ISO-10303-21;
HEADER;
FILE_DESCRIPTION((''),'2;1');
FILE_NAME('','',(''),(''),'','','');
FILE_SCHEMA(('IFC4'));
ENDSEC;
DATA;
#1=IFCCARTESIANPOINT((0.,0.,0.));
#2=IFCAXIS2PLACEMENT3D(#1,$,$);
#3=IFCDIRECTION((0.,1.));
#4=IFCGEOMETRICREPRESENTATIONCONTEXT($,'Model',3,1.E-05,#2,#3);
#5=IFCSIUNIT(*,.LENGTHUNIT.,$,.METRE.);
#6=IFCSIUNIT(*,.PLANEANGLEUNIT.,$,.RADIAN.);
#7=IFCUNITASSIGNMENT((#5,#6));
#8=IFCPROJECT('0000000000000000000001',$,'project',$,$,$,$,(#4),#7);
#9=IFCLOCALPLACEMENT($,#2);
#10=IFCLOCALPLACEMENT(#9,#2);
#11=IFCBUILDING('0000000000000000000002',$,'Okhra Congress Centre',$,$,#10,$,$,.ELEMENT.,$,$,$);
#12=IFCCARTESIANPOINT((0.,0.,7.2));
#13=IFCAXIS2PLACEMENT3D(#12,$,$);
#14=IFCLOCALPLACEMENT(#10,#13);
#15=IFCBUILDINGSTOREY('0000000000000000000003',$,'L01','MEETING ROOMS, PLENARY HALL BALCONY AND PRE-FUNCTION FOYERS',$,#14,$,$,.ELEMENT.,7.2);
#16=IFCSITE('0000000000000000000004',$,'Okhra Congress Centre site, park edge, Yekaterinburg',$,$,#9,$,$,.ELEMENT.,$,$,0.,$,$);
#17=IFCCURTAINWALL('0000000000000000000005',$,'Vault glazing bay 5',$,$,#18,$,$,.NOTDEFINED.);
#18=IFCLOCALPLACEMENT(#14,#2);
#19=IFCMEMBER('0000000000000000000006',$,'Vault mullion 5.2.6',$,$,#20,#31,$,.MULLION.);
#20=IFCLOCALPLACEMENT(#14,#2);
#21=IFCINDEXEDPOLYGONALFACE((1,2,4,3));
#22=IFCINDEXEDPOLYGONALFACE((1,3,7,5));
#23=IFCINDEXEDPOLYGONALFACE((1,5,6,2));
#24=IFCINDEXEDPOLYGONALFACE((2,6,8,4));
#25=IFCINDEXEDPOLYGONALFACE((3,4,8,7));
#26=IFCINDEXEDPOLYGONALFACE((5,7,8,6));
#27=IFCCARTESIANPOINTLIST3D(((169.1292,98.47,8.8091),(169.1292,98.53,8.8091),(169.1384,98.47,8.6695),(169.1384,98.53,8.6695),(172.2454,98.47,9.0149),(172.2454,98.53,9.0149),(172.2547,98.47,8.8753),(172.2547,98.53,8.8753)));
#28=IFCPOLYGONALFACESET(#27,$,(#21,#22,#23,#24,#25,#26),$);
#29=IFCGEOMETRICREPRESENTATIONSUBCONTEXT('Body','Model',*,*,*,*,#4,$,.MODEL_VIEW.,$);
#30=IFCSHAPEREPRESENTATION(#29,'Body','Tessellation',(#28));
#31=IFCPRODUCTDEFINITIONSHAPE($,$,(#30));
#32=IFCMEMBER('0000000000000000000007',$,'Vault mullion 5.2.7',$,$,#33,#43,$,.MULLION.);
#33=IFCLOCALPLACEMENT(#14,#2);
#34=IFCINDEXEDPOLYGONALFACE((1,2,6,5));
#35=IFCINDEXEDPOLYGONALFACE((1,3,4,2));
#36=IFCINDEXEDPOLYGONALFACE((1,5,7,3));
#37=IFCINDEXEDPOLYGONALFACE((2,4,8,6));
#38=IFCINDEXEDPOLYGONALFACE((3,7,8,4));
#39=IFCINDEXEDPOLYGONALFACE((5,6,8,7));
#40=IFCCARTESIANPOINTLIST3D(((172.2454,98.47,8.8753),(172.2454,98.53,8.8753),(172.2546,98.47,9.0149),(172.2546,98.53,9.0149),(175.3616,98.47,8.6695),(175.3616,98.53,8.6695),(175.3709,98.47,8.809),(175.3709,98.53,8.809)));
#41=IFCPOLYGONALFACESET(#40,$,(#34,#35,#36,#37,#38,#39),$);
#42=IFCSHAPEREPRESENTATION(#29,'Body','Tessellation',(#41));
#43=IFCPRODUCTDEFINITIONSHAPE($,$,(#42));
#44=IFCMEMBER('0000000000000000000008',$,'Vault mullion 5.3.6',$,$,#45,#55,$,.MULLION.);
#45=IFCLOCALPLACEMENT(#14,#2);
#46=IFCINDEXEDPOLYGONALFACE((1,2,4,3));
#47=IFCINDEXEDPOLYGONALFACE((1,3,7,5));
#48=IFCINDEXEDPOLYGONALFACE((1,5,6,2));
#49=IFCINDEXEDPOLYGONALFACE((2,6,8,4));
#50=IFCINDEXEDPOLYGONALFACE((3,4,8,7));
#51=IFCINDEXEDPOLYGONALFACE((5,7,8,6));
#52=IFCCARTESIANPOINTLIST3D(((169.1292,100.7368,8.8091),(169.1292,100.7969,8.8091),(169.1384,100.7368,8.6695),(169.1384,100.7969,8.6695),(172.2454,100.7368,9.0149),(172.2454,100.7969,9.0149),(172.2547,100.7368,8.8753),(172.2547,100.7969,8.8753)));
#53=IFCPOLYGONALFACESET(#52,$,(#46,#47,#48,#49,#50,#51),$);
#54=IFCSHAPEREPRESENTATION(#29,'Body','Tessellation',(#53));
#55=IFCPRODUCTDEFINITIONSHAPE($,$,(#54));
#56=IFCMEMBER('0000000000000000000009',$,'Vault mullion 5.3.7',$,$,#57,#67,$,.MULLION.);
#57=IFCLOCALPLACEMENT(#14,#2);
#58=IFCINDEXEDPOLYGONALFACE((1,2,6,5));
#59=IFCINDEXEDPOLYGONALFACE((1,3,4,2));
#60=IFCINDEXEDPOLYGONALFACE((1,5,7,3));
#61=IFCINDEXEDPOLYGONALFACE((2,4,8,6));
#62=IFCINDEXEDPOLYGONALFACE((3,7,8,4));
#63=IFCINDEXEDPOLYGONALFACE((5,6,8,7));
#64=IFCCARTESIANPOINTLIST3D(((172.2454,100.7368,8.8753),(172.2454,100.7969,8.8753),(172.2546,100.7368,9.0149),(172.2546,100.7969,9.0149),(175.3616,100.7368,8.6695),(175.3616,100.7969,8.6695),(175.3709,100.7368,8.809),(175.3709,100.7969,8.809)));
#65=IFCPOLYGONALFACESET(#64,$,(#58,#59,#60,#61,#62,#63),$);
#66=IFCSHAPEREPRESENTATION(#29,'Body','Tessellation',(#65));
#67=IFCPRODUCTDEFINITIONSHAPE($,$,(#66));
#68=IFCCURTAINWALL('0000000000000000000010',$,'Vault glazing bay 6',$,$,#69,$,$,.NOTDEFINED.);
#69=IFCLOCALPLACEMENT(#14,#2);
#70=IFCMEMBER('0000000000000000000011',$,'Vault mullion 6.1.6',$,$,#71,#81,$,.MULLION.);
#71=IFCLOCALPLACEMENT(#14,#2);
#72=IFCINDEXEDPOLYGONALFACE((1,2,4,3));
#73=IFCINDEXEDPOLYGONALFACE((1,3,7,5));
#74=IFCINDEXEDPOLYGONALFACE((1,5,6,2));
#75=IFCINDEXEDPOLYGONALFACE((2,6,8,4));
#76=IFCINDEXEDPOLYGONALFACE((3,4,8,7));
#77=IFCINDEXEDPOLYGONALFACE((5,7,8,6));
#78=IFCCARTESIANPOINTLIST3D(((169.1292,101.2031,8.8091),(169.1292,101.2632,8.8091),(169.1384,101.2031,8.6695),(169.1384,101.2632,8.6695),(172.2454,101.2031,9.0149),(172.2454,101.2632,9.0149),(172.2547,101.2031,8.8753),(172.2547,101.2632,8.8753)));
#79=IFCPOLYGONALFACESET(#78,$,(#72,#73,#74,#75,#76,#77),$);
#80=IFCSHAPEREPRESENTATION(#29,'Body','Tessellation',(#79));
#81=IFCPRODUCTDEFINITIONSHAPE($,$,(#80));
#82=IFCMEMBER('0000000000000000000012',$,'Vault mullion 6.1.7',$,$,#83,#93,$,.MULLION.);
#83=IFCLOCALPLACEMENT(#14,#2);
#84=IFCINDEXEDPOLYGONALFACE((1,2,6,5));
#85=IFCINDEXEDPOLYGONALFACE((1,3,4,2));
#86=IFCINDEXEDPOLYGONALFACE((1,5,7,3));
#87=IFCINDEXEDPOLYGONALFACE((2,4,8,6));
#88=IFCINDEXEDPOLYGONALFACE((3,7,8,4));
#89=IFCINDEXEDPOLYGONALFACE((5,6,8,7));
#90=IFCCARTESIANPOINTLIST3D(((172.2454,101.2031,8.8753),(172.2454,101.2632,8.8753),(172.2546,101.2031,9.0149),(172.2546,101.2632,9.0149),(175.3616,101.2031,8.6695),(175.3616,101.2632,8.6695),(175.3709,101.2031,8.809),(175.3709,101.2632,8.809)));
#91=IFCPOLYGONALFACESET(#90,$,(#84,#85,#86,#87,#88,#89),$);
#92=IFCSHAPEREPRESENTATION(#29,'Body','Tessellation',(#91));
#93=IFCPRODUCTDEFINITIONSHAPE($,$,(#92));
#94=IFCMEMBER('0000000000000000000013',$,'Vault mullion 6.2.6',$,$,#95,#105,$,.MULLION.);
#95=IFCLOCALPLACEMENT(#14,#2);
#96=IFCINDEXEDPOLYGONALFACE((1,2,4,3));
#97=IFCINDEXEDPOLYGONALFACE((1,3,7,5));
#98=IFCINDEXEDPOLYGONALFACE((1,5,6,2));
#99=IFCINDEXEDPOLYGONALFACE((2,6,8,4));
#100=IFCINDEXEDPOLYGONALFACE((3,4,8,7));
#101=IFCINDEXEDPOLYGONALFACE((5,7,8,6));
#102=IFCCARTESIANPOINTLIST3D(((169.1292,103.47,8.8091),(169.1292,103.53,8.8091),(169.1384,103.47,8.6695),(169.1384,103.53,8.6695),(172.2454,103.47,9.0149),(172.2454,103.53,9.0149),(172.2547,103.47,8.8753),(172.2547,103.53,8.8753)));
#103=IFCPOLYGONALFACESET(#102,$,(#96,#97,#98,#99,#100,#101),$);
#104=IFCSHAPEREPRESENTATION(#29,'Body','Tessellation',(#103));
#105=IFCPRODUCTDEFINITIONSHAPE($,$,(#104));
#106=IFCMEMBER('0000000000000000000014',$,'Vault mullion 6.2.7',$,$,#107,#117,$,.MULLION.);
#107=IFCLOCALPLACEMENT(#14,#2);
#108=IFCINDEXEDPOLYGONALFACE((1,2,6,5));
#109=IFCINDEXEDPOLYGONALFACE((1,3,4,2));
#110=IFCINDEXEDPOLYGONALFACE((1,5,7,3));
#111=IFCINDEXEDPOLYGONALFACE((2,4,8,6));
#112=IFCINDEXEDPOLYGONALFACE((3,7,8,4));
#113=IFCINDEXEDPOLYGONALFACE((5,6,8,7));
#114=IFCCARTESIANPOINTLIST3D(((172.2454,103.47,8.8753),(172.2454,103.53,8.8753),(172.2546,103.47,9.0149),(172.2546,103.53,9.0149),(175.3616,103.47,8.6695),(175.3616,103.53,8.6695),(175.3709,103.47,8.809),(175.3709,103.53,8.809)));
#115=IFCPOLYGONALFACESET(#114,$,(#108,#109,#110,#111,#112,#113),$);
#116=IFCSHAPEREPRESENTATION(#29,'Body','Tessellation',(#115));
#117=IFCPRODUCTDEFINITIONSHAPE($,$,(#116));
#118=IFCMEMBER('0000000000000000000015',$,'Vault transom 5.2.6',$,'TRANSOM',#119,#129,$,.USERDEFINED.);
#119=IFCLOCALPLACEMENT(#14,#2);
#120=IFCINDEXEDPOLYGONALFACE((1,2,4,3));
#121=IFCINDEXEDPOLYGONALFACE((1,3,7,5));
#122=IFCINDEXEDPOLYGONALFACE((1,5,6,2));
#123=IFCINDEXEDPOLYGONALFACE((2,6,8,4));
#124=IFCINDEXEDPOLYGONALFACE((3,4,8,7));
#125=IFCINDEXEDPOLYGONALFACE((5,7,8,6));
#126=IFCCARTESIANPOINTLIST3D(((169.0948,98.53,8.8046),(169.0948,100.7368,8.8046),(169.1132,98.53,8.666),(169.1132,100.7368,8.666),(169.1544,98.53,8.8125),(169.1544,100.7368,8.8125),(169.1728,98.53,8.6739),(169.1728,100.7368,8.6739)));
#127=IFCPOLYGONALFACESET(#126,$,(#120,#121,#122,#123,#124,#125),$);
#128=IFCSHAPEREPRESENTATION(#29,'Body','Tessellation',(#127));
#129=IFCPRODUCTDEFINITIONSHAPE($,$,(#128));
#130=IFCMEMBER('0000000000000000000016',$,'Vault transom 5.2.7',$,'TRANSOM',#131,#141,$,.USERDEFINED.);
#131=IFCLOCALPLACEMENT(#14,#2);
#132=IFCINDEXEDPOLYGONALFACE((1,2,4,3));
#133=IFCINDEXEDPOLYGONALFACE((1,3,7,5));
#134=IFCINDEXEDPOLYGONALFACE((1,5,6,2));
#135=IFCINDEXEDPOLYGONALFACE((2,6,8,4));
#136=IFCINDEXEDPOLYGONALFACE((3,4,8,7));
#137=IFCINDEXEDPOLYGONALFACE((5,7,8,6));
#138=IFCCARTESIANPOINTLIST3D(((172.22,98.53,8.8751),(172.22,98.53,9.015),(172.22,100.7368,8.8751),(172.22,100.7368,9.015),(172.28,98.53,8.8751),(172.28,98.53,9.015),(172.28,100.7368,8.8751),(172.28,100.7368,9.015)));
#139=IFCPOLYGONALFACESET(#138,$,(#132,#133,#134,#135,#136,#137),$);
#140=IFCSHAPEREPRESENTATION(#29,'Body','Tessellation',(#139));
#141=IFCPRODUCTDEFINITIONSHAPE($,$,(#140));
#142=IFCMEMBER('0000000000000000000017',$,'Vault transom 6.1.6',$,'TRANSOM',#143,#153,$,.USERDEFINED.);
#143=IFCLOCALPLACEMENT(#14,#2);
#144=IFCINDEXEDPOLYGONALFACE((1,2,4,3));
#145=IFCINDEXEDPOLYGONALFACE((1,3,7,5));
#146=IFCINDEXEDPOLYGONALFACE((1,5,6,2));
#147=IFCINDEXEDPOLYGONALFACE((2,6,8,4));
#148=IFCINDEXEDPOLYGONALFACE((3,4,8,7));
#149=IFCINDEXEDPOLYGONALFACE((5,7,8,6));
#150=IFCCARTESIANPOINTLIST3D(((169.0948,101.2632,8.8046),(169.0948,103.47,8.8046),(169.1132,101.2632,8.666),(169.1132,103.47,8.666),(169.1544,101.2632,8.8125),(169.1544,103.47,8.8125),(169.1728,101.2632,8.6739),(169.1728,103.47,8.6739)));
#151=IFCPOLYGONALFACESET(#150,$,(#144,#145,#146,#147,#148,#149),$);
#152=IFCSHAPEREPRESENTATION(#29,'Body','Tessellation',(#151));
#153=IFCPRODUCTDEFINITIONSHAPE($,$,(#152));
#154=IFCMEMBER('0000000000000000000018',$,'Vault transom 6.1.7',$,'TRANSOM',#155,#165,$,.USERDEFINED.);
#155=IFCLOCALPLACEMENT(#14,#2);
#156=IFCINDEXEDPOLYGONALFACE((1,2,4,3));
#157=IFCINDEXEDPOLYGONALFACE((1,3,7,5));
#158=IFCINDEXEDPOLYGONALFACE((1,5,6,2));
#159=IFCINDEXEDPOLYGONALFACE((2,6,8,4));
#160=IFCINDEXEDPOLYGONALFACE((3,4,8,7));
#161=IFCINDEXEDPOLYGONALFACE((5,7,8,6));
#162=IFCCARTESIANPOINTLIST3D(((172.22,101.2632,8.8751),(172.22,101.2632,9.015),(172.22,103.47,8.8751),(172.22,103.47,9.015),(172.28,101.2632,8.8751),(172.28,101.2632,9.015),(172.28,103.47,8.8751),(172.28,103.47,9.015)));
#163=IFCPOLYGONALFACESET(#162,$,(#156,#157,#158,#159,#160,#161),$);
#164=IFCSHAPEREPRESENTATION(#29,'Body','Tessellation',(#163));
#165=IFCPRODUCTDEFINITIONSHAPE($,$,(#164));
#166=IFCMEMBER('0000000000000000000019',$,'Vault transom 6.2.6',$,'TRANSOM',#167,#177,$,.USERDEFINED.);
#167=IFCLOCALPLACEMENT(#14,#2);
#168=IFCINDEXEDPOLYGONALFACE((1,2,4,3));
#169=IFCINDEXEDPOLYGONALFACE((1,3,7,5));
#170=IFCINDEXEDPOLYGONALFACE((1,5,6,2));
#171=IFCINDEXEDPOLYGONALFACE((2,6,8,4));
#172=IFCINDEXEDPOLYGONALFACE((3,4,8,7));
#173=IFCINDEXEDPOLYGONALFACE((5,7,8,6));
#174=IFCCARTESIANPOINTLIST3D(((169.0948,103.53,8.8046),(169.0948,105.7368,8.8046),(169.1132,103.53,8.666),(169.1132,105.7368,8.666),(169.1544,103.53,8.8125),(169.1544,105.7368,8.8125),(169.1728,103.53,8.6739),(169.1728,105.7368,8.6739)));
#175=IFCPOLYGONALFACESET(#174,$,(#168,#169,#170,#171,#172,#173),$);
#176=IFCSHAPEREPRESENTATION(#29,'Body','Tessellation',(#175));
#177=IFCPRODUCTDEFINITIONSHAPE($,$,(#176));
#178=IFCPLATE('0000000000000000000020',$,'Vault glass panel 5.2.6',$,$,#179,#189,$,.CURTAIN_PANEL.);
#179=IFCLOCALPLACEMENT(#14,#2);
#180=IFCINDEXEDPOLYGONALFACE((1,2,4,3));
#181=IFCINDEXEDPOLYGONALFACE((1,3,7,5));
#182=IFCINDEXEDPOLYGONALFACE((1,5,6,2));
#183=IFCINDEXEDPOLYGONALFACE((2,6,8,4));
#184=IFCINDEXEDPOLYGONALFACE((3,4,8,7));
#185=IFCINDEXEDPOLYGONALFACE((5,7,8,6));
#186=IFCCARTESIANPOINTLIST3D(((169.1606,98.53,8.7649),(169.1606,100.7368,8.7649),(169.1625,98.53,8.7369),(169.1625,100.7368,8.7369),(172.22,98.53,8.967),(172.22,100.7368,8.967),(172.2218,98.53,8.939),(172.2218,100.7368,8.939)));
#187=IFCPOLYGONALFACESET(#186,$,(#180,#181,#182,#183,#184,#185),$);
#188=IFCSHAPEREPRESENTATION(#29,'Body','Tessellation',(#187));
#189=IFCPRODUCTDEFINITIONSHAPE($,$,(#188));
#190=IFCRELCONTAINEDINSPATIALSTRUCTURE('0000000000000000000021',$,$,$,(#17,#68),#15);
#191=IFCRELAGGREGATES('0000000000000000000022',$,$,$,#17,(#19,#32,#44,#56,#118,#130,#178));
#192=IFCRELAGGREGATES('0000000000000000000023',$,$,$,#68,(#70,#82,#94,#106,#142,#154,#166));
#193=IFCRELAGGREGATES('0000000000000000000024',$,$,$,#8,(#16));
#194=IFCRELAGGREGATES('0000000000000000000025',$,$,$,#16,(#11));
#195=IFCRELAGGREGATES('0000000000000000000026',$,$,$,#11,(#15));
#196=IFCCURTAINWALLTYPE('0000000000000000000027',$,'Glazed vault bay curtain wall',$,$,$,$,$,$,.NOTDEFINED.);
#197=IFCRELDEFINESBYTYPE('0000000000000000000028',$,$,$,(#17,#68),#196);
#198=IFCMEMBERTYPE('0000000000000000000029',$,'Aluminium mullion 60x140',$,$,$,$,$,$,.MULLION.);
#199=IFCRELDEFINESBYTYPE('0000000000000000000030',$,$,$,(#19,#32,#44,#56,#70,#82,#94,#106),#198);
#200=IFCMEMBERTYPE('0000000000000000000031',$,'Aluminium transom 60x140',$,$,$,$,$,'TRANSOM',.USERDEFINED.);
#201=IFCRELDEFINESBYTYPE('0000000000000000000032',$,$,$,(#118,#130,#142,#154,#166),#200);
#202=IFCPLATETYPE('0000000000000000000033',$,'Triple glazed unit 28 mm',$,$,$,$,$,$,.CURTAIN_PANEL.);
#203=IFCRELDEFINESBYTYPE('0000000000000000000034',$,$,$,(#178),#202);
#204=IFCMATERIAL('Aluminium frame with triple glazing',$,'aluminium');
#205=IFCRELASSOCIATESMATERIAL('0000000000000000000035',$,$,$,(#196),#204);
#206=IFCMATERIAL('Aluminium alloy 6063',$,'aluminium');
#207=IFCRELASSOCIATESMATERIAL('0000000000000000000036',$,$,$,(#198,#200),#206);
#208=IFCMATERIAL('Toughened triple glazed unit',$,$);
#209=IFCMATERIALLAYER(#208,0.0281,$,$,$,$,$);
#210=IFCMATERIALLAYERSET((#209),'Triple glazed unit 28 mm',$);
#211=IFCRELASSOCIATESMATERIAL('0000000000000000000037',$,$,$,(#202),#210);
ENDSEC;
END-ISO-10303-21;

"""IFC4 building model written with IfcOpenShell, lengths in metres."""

from ifc_helpers import new_model, si_unit, direction, frame, origin, origin_2d, place, context, subcontext, project, spatial, polyline, rectangle, outline, extrude, material, layer, layer_set, material_profile, profile_set, type_object, element, aggregate, save


model = new_model("IFC4")

# Units and contexts
model_context = context("Model", 3, precision=1e-05, world=origin(), true_north=direction((0.0, 1.0)))
body_context = subcontext(model_context, "Body", "Model", "MODEL_VIEW")
ifc_project = project(units=[si_unit("LENGTHUNIT", "METRE"), si_unit("PLANEANGLEUNIT", "RADIAN")], contexts=[model_context])

# Site, building, storey
site_placement = place(None, origin())
site = spatial("IfcSite", under=ifc_project, at=site_placement, Name="Okhra Congress Centre site, park edge, Yekaterinburg", CompositionType="ELEMENT", RefElevation=0.0)
building_placement = place(site_placement, origin())
building = spatial("IfcBuilding", under=site, at=building_placement, Name="Okhra Congress Centre", CompositionType="ELEMENT")
storey_placement = place(building_placement, frame((0.0, 0.0, 7.2)))
storey = spatial("IfcBuildingStorey", under=building, at=storey_placement, Name="L01", Description="MEETING ROOMS, PLENARY HALL BALCONY AND PRE-FUNCTION FOYERS", CompositionType="ELEMENT", Elevation=7.2)

# Curtain walls, members
ifc_material_1 = material(Name="Aluminium frame with triple glazing", Category="aluminium")
curtain_wall_type = type_object("IfcCurtainWallType", Name="Glazed vault bay curtain wall", PredefinedType="NOTDEFINED", material=ifc_material_1)
curtain_wall_1_placement = place(storey_placement, origin())
curtain_wall_1 = element("IfcCurtainWall", 1, at=curtain_wall_1_placement, inside=storey, type_object=curtain_wall_type, Name="Vault glazing bay 5", PredefinedType="NOTDEFINED")
ifc_material_2 = material(Name="Aluminium alloy 6063", Category="aluminium")
ifc_material_profile_1 = material_profile(ifc_material_2, rectangle(XDim=0.0601, YDim=0.1399, at=origin_2d()), Name="AL 60x140")
ifc_profile_set_1 = profile_set([ifc_material_profile_1], Name="Aluminium alloy 6063")
member_type_1 = type_object("IfcMemberType", Name="Aluminium mullion 60x140", PredefinedType="MULLION", material=ifc_profile_set_1)
member_1_placement = place(storey_placement, frame((169.1338, 98.5, 8.7393), z_axis=(0.997826, 0.0, 0.065902), x_axis=(0.0, 1.0, 0.0)))
member_1 = element("IfcMember", 2, at=member_1_placement, type_object=member_type_1, Name="Vault mullion 5.2.6", PredefinedType="MULLION", context=body_context, shape_type="SweptSolid", body=[
    extrude(rectangle(XDim=0.0601, YDim=0.1399, at=origin_2d()), origin(), (0.0, 0.0, 1.0), 3.123),
])
member_2_placement = place(storey_placement, frame((172.25, 98.5, 8.9451), z_axis=(0.997826, 0.0, -0.065902), x_axis=(0.0, 1.0, 0.0)))
member_2 = element("IfcMember", 3, at=member_2_placement, type_object=member_type_1, Name="Vault mullion 5.2.7", PredefinedType="MULLION", context=body_context, shape_type="SweptSolid", body=[
    extrude(rectangle(XDim=0.0601, YDim=0.1399, at=origin_2d()), origin(), (0.0, 0.0, 1.0), 3.123),
])
member_3_placement = place(storey_placement, frame((169.1338, 100.7668, 8.7393), z_axis=(0.997826, 0.0, 0.065902), x_axis=(0.0, 1.0, 0.0)))
member_3 = element("IfcMember", 4, at=member_3_placement, type_object=member_type_1, Name="Vault mullion 5.3.6", PredefinedType="MULLION", context=body_context, shape_type="SweptSolid", body=[
    extrude(rectangle(XDim=0.0601, YDim=0.1399, at=origin_2d()), origin(), (0.0, 0.0, 1.0), 3.123),
])
member_4_placement = place(storey_placement, frame((172.25, 100.7668, 8.9451), z_axis=(0.997826, 0.0, -0.065902), x_axis=(0.0, 1.0, 0.0)))
member_4 = element("IfcMember", 5, at=member_4_placement, type_object=member_type_1, Name="Vault mullion 5.3.7", PredefinedType="MULLION", context=body_context, shape_type="SweptSolid", body=[
    extrude(rectangle(XDim=0.0601, YDim=0.1399, at=origin_2d()), origin(), (0.0, 0.0, 1.0), 3.123),
])
curtain_wall_2_placement = place(storey_placement, origin())
curtain_wall_2 = element("IfcCurtainWall", 6, at=curtain_wall_2_placement, inside=storey, type_object=curtain_wall_type, Name="Vault glazing bay 6", PredefinedType="NOTDEFINED")
member_5_placement = place(storey_placement, frame((169.1338, 101.2332, 8.7393), z_axis=(0.997826, 0.0, 0.065902), x_axis=(0.0, 1.0, 0.0)))
member_5 = element("IfcMember", 7, at=member_5_placement, type_object=member_type_1, Name="Vault mullion 6.1.6", PredefinedType="MULLION", context=body_context, shape_type="SweptSolid", body=[
    extrude(rectangle(XDim=0.0601, YDim=0.1399, at=origin_2d()), origin(), (0.0, 0.0, 1.0), 3.123),
])
member_6_placement = place(storey_placement, frame((172.25, 101.2332, 8.9451), z_axis=(0.997826, 0.0, -0.065902), x_axis=(0.0, 1.0, 0.0)))
member_6 = element("IfcMember", 8, at=member_6_placement, type_object=member_type_1, Name="Vault mullion 6.1.7", PredefinedType="MULLION", context=body_context, shape_type="SweptSolid", body=[
    extrude(rectangle(XDim=0.0601, YDim=0.1399, at=origin_2d()), origin(), (0.0, 0.0, 1.0), 3.123),
])
member_7_placement = place(storey_placement, frame((169.1338, 103.5, 8.7393), z_axis=(0.997826, 0.0, 0.065902), x_axis=(0.0, 1.0, 0.0)))
member_7 = element("IfcMember", 9, at=member_7_placement, type_object=member_type_1, Name="Vault mullion 6.2.6", PredefinedType="MULLION", context=body_context, shape_type="SweptSolid", body=[
    extrude(rectangle(XDim=0.0601, YDim=0.1399, at=origin_2d()), origin(), (0.0, 0.0, 1.0), 3.123),
])
member_8_placement = place(storey_placement, frame((172.25, 103.5, 8.9451), z_axis=(0.997826, 0.0, -0.065902), x_axis=(0.0, 1.0, 0.0)))
member_8 = element("IfcMember", 10, at=member_8_placement, type_object=member_type_1, Name="Vault mullion 6.2.7", PredefinedType="MULLION", context=body_context, shape_type="SweptSolid", body=[
    extrude(rectangle(XDim=0.0601, YDim=0.1399, at=origin_2d()), origin(), (0.0, 0.0, 1.0), 3.123),
])

# Members
ifc_material_profile_2 = material_profile(ifc_material_2, rectangle(XDim=0.0601, YDim=0.1399, at=origin_2d()), Name="AL 60x140 transom")
ifc_profile_set_2 = profile_set([ifc_material_profile_2], Name="Aluminium alloy 6063")
member_type_2 = type_object("IfcMemberType", Name="Aluminium transom 60x140", ElementType="TRANSOM", PredefinedType="USERDEFINED", material=ifc_profile_set_2)
member_9_placement = place(storey_placement, frame((169.1338, 98.53, 8.7393), z_axis=(0.0, 1.0, 0.0), x_axis=(-0.991307, 0.0, -0.131568)))
member_9 = element("IfcMember", 11, at=member_9_placement, type_object=member_type_2, Name="Vault transom 5.2.6", ObjectType="TRANSOM", PredefinedType="USERDEFINED", context=body_context, shape_type="SweptSolid", body=[
    extrude(rectangle(XDim=0.0601, YDim=0.1399, at=origin_2d()), origin(), (0.0, 0.0, 1.0), 2.2068),
])
member_10_placement = place(storey_placement, frame((172.25, 98.53, 8.9451), z_axis=(0.0, 1.0, 0.0), x_axis=(-1.0, 0.0, 0.0)))
member_10 = element("IfcMember", 12, at=member_10_placement, type_object=member_type_2, Name="Vault transom 5.2.7", ObjectType="TRANSOM", PredefinedType="USERDEFINED", context=body_context, shape_type="SweptSolid", body=[
    extrude(rectangle(XDim=0.0601, YDim=0.1399, at=origin_2d()), origin(), (0.0, 0.0, 1.0), 2.2068),
])
member_11_placement = place(storey_placement, frame((169.1338, 101.2632, 8.7393), z_axis=(0.0, 1.0, 0.0), x_axis=(-0.991307, 0.0, -0.131568)))
member_11 = element("IfcMember", 13, at=member_11_placement, type_object=member_type_2, Name="Vault transom 6.1.6", ObjectType="TRANSOM", PredefinedType="USERDEFINED", context=body_context, shape_type="SweptSolid", body=[
    extrude(rectangle(XDim=0.0601, YDim=0.1399, at=origin_2d()), origin(), (0.0, 0.0, 1.0), 2.2068),
])
member_12_placement = place(storey_placement, frame((172.25, 101.2632, 8.9451), z_axis=(0.0, 1.0, 0.0), x_axis=(-1.0, 0.0, 0.0)))
member_12 = element("IfcMember", 14, at=member_12_placement, type_object=member_type_2, Name="Vault transom 6.1.7", ObjectType="TRANSOM", PredefinedType="USERDEFINED", context=body_context, shape_type="SweptSolid", body=[
    extrude(rectangle(XDim=0.0601, YDim=0.1399, at=origin_2d()), origin(), (0.0, 0.0, 1.0), 2.2068),
])
member_13_placement = place(storey_placement, frame((169.1338, 103.53, 8.7393), z_axis=(0.0, 1.0, 0.0), x_axis=(-0.991307, 0.0, -0.131568)))
member_13 = element("IfcMember", 15, at=member_13_placement, type_object=member_type_2, Name="Vault transom 6.2.6", ObjectType="TRANSOM", PredefinedType="USERDEFINED", context=body_context, shape_type="SweptSolid", body=[
    extrude(rectangle(XDim=0.0601, YDim=0.1399, at=origin_2d()), origin(), (0.0, 0.0, 1.0), 2.2068),
])

# Plate
ifc_material_3 = material(Name="Toughened triple glazed unit")
ifc_layer_1 = layer(ifc_material_3, 0.0281)
ifc_layer_set_1 = layer_set([ifc_layer_1], Name="Triple glazed unit 28 mm")
plate_type = type_object("IfcPlateType", Name="Triple glazed unit 28 mm", PredefinedType="CURTAIN_PANEL", material=ifc_layer_set_1)
plate_1_placement = place(storey_placement, frame((169.1606, 98.53, 8.7649), z_axis=(-0.065932, 0.0, 0.997824), x_axis=(0.997824, 0.0, 0.065932)))
plate_1 = element("IfcPlate", 16, at=plate_1_placement, type_object=plate_type, Name="Vault glass panel 5.2.6", PredefinedType="CURTAIN_PANEL", context=body_context, shape_type="SweptSolid", body=[
    extrude(outline(polyline([(0.0, 0.0), (3.066, 0.0), (3.066, 2.2068), (0.0, 2.2068), (0.0, 0.0)])), origin(), (0.0, 0.0, -1.0), 0.0281),
])
aggregate(curtain_wall_1, [member_1, member_2, member_3, member_4, member_9, member_10, plate_1])
aggregate(curtain_wall_2, [member_5, member_6, member_7, member_8, member_11, member_12, member_13])

save(model, "model.ifc")
